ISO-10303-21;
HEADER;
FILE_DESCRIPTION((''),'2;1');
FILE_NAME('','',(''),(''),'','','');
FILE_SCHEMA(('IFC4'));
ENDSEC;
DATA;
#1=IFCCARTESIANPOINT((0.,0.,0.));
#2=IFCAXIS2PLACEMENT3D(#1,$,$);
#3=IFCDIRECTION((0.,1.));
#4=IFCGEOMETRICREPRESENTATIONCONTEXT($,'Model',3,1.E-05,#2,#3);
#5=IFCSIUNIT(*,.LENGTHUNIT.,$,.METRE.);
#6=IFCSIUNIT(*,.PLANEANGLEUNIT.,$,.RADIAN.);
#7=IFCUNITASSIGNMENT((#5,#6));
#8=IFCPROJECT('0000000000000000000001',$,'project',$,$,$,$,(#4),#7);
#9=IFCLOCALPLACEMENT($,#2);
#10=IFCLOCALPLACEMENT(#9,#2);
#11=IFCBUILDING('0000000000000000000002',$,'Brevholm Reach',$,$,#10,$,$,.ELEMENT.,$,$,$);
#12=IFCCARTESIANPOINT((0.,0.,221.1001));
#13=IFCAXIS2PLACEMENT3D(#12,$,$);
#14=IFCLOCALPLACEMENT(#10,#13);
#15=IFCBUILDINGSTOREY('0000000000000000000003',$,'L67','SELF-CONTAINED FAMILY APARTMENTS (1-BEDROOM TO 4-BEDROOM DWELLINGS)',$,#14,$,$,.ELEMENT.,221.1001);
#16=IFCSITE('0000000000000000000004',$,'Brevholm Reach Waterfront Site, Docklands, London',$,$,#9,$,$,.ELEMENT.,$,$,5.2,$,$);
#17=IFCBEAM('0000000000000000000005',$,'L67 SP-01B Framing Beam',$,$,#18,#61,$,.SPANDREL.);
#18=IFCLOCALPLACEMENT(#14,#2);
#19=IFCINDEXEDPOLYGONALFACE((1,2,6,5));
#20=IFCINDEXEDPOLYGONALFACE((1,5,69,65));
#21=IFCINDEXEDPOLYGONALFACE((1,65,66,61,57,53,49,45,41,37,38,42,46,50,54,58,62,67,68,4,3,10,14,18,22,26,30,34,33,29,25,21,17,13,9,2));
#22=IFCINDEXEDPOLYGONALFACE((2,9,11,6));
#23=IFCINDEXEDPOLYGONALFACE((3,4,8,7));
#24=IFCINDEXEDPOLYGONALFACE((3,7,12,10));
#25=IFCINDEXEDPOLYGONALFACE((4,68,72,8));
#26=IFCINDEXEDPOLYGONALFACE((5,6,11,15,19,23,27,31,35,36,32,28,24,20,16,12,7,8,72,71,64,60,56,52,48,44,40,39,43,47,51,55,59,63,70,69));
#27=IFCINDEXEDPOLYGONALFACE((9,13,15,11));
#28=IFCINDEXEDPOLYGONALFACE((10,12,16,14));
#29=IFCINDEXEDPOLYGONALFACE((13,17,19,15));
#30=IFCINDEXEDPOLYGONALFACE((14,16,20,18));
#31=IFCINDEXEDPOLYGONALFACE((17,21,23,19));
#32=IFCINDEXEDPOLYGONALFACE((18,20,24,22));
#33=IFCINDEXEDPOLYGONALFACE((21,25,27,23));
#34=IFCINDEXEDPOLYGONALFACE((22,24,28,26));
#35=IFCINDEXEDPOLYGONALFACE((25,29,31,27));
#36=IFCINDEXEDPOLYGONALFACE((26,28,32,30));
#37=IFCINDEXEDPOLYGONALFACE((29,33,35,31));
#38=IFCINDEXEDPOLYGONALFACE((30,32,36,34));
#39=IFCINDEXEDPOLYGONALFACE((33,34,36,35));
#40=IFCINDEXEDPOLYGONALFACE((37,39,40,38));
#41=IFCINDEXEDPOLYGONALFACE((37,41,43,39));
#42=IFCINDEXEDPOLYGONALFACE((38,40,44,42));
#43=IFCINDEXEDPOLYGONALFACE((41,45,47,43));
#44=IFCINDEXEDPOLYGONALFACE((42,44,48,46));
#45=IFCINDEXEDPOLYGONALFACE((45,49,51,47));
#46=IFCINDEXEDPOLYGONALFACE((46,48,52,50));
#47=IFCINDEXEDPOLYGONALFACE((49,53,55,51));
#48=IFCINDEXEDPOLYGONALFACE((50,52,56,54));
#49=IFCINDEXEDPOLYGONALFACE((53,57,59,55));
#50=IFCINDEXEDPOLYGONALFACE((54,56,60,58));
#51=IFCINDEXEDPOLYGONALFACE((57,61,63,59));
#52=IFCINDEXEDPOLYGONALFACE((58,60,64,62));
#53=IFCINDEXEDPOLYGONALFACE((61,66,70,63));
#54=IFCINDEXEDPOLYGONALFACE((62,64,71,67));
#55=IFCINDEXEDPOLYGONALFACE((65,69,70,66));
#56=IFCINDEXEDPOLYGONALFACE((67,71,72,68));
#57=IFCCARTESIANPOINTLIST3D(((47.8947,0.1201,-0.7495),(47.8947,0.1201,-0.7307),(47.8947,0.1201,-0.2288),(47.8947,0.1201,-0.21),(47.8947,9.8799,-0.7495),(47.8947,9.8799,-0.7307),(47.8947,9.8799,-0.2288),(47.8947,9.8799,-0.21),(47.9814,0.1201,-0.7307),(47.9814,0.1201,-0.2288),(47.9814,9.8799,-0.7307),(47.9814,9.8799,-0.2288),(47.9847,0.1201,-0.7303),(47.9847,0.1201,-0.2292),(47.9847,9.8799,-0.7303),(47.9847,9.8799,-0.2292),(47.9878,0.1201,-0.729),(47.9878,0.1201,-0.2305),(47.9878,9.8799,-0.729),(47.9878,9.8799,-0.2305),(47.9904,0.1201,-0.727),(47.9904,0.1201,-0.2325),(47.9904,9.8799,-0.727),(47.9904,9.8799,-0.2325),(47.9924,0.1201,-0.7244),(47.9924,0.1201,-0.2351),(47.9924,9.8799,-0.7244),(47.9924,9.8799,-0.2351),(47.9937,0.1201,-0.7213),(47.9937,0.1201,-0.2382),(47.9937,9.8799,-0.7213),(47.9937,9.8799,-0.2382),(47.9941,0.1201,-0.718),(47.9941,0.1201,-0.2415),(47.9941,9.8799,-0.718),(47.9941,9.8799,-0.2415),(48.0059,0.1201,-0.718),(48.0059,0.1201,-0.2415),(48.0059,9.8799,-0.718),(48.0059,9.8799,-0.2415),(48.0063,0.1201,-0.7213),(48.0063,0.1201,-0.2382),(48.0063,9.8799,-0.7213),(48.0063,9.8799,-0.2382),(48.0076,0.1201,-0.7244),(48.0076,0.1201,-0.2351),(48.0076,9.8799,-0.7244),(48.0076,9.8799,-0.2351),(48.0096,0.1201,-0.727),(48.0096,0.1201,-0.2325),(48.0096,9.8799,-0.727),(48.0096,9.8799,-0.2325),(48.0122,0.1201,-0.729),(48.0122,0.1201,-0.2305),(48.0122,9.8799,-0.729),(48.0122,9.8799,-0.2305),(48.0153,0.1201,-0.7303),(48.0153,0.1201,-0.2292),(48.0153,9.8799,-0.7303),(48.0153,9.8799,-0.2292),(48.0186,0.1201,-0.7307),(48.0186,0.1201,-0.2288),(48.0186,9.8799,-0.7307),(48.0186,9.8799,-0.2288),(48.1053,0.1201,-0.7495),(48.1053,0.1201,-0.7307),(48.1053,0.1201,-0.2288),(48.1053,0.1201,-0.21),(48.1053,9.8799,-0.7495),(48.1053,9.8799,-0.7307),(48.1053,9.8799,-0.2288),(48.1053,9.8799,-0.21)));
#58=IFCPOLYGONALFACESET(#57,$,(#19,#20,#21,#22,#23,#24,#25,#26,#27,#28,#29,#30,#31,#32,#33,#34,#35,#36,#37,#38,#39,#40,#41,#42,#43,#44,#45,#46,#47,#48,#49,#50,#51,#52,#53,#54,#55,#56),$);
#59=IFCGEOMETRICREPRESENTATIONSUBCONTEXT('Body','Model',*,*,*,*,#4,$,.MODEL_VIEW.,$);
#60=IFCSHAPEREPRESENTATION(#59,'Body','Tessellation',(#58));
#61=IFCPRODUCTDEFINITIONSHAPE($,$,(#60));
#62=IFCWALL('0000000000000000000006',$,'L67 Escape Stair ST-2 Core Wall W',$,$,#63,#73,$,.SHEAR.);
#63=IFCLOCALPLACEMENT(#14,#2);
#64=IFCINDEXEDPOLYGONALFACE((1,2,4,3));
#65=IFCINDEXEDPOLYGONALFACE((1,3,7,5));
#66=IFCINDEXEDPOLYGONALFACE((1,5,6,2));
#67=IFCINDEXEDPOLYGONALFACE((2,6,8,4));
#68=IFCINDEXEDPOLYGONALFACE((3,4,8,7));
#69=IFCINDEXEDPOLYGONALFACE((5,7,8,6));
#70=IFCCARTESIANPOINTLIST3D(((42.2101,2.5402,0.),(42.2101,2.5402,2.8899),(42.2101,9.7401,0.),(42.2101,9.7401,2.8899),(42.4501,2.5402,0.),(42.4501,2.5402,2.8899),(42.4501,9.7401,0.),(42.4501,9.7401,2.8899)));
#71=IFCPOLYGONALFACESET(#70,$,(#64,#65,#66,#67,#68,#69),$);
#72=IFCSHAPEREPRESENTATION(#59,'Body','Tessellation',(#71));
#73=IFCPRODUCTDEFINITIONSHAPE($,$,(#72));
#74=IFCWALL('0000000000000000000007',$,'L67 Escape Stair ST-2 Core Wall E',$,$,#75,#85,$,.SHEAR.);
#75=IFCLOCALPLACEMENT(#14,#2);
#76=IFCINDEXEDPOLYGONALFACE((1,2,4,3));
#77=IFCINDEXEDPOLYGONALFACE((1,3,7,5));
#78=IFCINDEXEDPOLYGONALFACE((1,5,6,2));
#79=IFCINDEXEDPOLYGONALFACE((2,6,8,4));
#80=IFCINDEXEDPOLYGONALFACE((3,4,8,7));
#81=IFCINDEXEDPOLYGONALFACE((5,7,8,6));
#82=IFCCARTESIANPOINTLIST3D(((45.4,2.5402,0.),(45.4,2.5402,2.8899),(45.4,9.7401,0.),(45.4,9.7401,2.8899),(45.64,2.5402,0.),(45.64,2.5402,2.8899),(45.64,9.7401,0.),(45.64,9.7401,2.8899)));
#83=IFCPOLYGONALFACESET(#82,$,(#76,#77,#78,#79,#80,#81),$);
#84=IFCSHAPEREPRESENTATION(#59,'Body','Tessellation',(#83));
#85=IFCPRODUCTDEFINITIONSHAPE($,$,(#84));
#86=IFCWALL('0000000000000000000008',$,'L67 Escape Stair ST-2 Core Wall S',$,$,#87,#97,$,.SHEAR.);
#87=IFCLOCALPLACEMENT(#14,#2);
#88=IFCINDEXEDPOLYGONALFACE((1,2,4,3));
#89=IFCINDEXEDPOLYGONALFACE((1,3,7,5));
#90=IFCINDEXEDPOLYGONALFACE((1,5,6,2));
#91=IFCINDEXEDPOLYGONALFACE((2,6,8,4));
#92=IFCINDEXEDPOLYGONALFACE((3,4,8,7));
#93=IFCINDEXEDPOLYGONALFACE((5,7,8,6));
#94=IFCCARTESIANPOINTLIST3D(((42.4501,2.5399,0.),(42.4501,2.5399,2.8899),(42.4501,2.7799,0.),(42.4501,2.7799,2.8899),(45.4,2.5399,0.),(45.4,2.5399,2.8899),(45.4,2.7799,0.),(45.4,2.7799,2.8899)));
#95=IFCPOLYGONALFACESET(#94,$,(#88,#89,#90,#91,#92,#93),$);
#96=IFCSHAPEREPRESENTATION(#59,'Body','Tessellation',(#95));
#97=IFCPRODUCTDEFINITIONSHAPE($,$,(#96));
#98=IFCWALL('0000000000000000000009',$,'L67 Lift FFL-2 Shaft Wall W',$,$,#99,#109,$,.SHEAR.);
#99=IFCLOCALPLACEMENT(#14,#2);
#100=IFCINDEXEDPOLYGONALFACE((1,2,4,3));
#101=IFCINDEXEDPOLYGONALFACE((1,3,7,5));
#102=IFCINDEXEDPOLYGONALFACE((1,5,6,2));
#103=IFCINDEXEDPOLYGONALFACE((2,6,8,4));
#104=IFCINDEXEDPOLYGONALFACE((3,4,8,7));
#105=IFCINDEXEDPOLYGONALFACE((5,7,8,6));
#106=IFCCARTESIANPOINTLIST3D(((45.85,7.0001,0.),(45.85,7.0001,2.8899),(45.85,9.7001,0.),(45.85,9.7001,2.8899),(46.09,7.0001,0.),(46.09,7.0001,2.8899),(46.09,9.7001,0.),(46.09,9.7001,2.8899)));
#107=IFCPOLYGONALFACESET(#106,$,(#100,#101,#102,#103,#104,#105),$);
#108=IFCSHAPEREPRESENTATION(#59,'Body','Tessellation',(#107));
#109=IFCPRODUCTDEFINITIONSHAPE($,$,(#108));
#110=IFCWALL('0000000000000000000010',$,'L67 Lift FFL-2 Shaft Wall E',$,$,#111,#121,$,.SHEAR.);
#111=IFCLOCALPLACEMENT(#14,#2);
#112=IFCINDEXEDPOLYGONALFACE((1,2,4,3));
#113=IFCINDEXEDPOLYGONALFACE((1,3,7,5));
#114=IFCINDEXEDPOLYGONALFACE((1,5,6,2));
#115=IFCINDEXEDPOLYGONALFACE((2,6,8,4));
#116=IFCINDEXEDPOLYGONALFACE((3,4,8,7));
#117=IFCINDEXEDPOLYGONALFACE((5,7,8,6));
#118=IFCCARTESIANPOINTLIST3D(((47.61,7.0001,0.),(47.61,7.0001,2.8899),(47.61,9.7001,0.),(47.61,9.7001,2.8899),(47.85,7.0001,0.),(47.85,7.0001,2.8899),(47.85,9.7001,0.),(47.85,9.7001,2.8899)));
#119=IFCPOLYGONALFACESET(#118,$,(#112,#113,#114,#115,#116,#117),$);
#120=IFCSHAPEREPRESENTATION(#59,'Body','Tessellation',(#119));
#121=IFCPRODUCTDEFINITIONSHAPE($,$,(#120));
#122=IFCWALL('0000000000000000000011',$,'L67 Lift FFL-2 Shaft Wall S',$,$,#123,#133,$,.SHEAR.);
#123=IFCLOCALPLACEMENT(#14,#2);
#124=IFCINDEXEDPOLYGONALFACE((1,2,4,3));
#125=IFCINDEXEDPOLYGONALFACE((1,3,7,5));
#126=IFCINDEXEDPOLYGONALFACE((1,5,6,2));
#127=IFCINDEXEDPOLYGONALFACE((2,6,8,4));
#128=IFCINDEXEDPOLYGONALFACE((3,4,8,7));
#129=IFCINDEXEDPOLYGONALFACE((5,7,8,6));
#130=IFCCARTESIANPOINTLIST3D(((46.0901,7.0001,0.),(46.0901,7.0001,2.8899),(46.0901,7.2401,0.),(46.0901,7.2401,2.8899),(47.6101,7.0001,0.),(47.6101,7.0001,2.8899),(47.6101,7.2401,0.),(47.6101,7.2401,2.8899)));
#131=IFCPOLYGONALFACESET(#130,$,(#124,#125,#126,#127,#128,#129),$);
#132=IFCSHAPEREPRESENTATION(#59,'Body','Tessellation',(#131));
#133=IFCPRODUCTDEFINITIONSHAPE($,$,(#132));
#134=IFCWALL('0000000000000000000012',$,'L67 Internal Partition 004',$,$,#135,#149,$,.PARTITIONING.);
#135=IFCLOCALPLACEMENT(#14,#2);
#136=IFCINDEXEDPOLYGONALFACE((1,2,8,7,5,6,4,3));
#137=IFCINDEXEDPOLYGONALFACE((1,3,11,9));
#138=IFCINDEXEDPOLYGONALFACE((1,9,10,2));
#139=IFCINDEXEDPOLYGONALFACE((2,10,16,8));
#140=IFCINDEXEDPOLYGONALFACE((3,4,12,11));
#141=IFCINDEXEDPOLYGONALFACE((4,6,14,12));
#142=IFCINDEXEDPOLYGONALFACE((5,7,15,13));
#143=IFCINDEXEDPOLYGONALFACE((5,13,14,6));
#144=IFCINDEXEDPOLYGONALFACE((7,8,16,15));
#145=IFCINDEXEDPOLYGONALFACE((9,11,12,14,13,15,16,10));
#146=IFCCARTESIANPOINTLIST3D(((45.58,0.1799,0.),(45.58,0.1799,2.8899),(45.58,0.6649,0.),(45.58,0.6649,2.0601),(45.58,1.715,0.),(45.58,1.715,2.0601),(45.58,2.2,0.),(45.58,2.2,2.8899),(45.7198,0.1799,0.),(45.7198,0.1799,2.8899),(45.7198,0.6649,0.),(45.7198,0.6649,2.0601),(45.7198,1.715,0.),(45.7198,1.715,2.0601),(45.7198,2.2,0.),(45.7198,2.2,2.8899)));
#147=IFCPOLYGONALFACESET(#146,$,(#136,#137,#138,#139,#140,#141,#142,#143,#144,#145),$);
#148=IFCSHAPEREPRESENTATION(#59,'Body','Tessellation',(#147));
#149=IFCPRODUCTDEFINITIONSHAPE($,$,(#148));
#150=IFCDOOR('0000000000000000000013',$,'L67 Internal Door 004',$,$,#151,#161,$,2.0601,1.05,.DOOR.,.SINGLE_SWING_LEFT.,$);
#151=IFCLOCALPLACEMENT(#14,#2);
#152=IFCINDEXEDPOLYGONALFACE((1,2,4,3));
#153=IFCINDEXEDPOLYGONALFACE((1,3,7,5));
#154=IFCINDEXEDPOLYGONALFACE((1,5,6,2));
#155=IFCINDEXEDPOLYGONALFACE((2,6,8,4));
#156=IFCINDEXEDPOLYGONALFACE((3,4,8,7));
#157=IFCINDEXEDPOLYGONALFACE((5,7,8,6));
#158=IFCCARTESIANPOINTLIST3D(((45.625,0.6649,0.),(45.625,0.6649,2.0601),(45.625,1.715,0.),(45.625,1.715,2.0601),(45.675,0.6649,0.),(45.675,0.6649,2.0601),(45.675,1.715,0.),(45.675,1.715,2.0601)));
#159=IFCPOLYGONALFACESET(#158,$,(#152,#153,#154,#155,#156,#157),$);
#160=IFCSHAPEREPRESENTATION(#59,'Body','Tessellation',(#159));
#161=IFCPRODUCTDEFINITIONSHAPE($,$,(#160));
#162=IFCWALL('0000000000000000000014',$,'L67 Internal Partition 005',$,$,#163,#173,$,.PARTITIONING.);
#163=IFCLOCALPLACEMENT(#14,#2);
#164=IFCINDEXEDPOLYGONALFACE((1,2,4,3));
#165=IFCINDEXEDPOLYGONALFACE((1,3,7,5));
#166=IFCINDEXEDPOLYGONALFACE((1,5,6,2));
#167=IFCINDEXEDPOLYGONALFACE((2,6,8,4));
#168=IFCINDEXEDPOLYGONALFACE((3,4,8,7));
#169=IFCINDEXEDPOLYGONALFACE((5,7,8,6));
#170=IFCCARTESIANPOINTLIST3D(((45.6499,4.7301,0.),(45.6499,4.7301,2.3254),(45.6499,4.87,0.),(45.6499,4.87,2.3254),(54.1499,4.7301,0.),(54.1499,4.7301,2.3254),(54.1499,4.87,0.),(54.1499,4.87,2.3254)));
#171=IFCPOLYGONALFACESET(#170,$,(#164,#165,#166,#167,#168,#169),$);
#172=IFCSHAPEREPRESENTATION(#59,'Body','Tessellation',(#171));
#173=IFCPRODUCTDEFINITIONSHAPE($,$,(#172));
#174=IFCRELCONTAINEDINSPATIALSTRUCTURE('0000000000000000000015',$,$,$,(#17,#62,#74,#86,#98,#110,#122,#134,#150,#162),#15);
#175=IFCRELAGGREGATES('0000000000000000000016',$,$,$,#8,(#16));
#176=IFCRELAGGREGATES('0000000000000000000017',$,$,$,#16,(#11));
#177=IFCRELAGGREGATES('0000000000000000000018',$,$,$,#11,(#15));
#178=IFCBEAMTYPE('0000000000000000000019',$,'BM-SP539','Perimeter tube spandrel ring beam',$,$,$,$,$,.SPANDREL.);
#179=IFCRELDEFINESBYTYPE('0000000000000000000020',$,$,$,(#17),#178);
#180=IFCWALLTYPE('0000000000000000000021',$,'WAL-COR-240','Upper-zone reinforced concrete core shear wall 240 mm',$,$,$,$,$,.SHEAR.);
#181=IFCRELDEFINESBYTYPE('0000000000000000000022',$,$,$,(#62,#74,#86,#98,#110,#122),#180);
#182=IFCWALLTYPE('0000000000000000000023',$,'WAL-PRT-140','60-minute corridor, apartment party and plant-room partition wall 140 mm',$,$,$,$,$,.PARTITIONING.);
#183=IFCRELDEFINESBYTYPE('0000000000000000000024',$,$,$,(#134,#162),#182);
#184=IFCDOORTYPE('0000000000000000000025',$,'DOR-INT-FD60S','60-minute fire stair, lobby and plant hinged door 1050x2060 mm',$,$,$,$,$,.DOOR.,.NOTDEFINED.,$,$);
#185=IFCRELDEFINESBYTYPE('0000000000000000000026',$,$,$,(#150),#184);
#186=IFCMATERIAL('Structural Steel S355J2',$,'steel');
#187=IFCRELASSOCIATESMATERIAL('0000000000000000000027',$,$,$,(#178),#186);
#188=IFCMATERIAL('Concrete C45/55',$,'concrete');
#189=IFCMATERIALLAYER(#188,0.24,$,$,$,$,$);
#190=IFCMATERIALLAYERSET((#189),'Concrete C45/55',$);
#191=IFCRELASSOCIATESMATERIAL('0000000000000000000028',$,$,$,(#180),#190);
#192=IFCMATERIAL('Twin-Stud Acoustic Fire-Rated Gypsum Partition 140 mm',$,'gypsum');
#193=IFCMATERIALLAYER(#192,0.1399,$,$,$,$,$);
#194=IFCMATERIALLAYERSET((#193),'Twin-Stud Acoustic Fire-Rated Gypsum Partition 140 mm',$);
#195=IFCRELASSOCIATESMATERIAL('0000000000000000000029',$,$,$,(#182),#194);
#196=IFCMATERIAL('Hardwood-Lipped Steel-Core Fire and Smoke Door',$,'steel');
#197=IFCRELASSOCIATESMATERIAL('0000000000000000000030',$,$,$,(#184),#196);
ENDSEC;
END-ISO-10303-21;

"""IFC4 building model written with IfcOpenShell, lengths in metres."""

from ifc_helpers import new_model, si_unit, direction, frame, frame_2d, origin, origin_2d, place, context, subcontext, project, spatial, rectangle, i_section, extrude, material, layer, layer_set, material_profile, profile_set, type_object, element, fill, save


model = new_model("IFC4")

# Units and contexts
model_context = context("Model", 3, precision=1e-05, world=origin(), true_north=direction((0.0, 1.0)))
body_context = subcontext(model_context, "Body", "Model", "MODEL_VIEW")
ifc_project = project(units=[si_unit("LENGTHUNIT", "METRE"), si_unit("PLANEANGLEUNIT", "RADIAN")], contexts=[model_context])

# Site, building, storey
site_placement = place(None, origin())
site = spatial("IfcSite", under=ifc_project, at=site_placement, Name="Brevholm Reach Waterfront Site, Docklands, London", CompositionType="ELEMENT", RefElevation=5.2)
building_placement = place(site_placement, origin())
building = spatial("IfcBuilding", under=site, at=building_placement, Name="Brevholm Reach", CompositionType="ELEMENT")
storey_placement = place(building_placement, frame((0.0, 0.0, 221.1001)))
storey = spatial("IfcBuildingStorey", under=building, at=storey_placement, Name="L67", Description="SELF-CONTAINED FAMILY APARTMENTS (1-BEDROOM TO 4-BEDROOM DWELLINGS)", CompositionType="ELEMENT", Elevation=221.1001)

# Beam
ifc_material_1 = material(Name="Structural Steel S355J2", Category="steel")
ifc_material_profile_1 = material_profile(ifc_material_1, i_section(OverallWidth=0.2107, OverallDepth=0.5396, WebThickness=0.0117, FlangeThickness=0.0188, FilletRadius=0.0127, at=origin_2d()), Name="UKB 533x210x109")
ifc_profile_set_1 = profile_set([ifc_material_profile_1], Name="Structural Steel S355J2")
beam_type_1 = type_object("IfcBeamType", Name="BM-SP539", Description="Perimeter tube spandrel ring beam", PredefinedType="SPANDREL", material=ifc_profile_set_1)
for number, where, z_axis, x_axis, name in (
    (1, (48.0, 0.1201, -0.4797), (0.0, 1.0, 0.0), (-1.0, 0.0, 0.0), "L67 SP-01B Framing Beam"),
):
    element("IfcBeam", number, at=place(storey_placement, frame(where, z_axis=z_axis, x_axis=x_axis)), inside=storey, type_object=beam_type_1, Name=name, PredefinedType="SPANDREL", context=body_context, shape_type="SweptSolid", body=[
        extrude(i_section(OverallWidth=0.2107, OverallDepth=0.5396, WebThickness=0.0117, FlangeThickness=0.0188, FilletRadius=0.0127, at=origin_2d()), origin(), (0.0, 0.0, 1.0), 9.7598),
    ])

# Walls
ifc_material_2 = material(Name="Concrete C45/55", Category="concrete")
ifc_layer_1 = layer(ifc_material_2, 0.24)
ifc_layer_set_1 = layer_set([ifc_layer_1], Name="Concrete C45/55")
wall_type_1 = type_object("IfcWallType", Name="WAL-COR-240", Description="Upper-zone reinforced concrete core shear wall 240 mm", PredefinedType="SHEAR", material=ifc_layer_set_1)
for number, where, z_axis, x_axis, name in (
    (2, (42.3301, 2.54, 0.0), (0.0, 0.0, 1.0), (0.0, 1.0, 0.0), "L67 Escape Stair ST-2 Core Wall W"),
    (3, (45.52, 2.54, 0.0), (0.0, 0.0, 1.0), (0.0, 1.0, 0.0), "L67 Escape Stair ST-2 Core Wall E"),
):
    element("IfcWall", number, at=place(storey_placement, frame(where, z_axis=z_axis, x_axis=x_axis)), inside=storey, type_object=wall_type_1, Name=name, PredefinedType="SHEAR", context=body_context, shape_type="SweptSolid", body=[
        extrude(rectangle(XDim=7.2, YDim=0.24, at=frame_2d((3.6001, 0.0))), origin(), (0.0, 0.0, 1.0), 2.8899),
    ])
wall_1_placement = place(storey_placement, frame((42.45, 2.6599, 0.0), z_axis=(0.0, 0.0, 1.0), x_axis=(1.0, 0.0, 0.0)))
element("IfcWall", 4, at=wall_1_placement, inside=storey, type_object=wall_type_1, Name="L67 Escape Stair ST-2 Core Wall S", PredefinedType="SHEAR", context=body_context, shape_type="SweptSolid", body=[
    extrude(rectangle(XDim=2.95, YDim=0.24, at=frame_2d((1.4751, 0.0))), origin(), (0.0, 0.0, 1.0), 2.8899),
])
for number, where, z_axis, x_axis, name in (
    (5, (45.97, 7.0, 0.0), (0.0, 0.0, 1.0), (0.0, 1.0, 0.0), "L67 Lift FFL-2 Shaft Wall W"),
    (6, (47.73, 7.0, 0.0), (0.0, 0.0, 1.0), (0.0, 1.0, 0.0), "L67 Lift FFL-2 Shaft Wall E"),
):
    element("IfcWall", number, at=place(storey_placement, frame(where, z_axis=z_axis, x_axis=x_axis)), inside=storey, type_object=wall_type_1, Name=name, PredefinedType="SHEAR", context=body_context, shape_type="SweptSolid", body=[
        extrude(rectangle(XDim=2.7, YDim=0.24, at=frame_2d((1.3501, 0.0))), origin(), (0.0, 0.0, 1.0), 2.8899),
    ])
wall_2_placement = place(storey_placement, frame((46.0901, 7.1201, 0.0), z_axis=(0.0, 0.0, 1.0), x_axis=(1.0, 0.0, 0.0)))
element("IfcWall", 7, at=wall_2_placement, inside=storey, type_object=wall_type_1, Name="L67 Lift FFL-2 Shaft Wall S", PredefinedType="SHEAR", context=body_context, shape_type="SweptSolid", body=[
    extrude(rectangle(XDim=1.52, YDim=0.24, at=frame_2d((0.76, 0.0))), origin(), (0.0, 0.0, 1.0), 2.8899),
])

# Wall, opening, door
ifc_material_3 = material(Name="Twin-Stud Acoustic Fire-Rated Gypsum Partition 140 mm", Category="gypsum")
ifc_layer_2 = layer(ifc_material_3, 0.1399)
ifc_layer_set_2 = layer_set([ifc_layer_2], Name="Twin-Stud Acoustic Fire-Rated Gypsum Partition 140 mm")
wall_type_2 = type_object("IfcWallType", Name="WAL-PRT-140", Description="60-minute corridor, apartment party and plant-room partition wall 140 mm", PredefinedType="PARTITIONING", material=ifc_layer_set_2)
wall_3_placement = place(storey_placement, frame((45.6499, 0.1799, 0.0), z_axis=(0.0, 0.0, 1.0), x_axis=(0.0, 1.0, 0.0)))
wall_3 = element("IfcWall", 8, at=wall_3_placement, inside=storey, type_object=wall_type_2, Name="L67 Internal Partition 004", PredefinedType="PARTITIONING", context=body_context, shape_type="SweptSolid", body=[
    extrude(rectangle(XDim=2.02, YDim=0.1399, at=frame_2d((1.01, 0.0))), origin(), (0.0, 0.0, 1.0), 2.8899),
])
opening_placement = place(wall_3_placement, frame((0.4851, 0.0, 0.0)))
opening = element("IfcOpeningElement", 9, at=opening_placement, cuts=wall_3, PredefinedType="OPENING", context=body_context, shape_type="SweptSolid", body=[
    extrude(rectangle(XDim=1.05, YDim=2.0601, at=frame_2d((0.5249, 1.03))), frame((0.0, 0.0798, 0.0), z_axis=(0.0, -1.0, 0.0), x_axis=(1.0, 0.0, 0.0)), (0.0, 0.0, 1.0), 0.1599),
])
ifc_material_4 = material(Name="Hardwood-Lipped Steel-Core Fire and Smoke Door", Category="steel")
door_type = type_object("IfcDoorType", Name="DOR-INT-FD60S", Description="60-minute fire stair, lobby and plant hinged door 1050x2060 mm", OperationType="NOTDEFINED", PredefinedType="DOOR", material=ifc_material_4)
door_placement = place(opening_placement, origin())
door = element("IfcDoor", 10, at=door_placement, inside=storey, type_object=door_type, Name="L67 Internal Door 004", OperationType="SINGLE_SWING_LEFT", OverallHeight=2.0601, OverallWidth=1.05, PredefinedType="DOOR", context=body_context, shape_type="SweptSolid", body=[
    extrude(rectangle(XDim=1.05, YDim=2.0601, at=frame_2d((0.5249, 1.03))), frame((0.0, 0.0249, 0.0), z_axis=(0.0, -1.0, 0.0), x_axis=(1.0, 0.0, 0.0)), (0.0, 0.0, 1.0), 0.05),
])
fill(opening, door)

# Wall
wall_4_placement = place(storey_placement, frame((45.6499, 4.8, 0.0), z_axis=(0.0, 0.0, 1.0), x_axis=(1.0, 0.0, 0.0)))
element("IfcWall", 11, at=wall_4_placement, inside=storey, type_object=wall_type_2, Name="L67 Internal Partition 005", PredefinedType="PARTITIONING", context=body_context, shape_type="SweptSolid", body=[
    extrude(rectangle(XDim=8.5, YDim=0.1399, at=frame_2d((4.25, 0.0))), origin(), (0.0, 0.0, 1.0), 2.3254),
])

save(model, "model.ifc")
